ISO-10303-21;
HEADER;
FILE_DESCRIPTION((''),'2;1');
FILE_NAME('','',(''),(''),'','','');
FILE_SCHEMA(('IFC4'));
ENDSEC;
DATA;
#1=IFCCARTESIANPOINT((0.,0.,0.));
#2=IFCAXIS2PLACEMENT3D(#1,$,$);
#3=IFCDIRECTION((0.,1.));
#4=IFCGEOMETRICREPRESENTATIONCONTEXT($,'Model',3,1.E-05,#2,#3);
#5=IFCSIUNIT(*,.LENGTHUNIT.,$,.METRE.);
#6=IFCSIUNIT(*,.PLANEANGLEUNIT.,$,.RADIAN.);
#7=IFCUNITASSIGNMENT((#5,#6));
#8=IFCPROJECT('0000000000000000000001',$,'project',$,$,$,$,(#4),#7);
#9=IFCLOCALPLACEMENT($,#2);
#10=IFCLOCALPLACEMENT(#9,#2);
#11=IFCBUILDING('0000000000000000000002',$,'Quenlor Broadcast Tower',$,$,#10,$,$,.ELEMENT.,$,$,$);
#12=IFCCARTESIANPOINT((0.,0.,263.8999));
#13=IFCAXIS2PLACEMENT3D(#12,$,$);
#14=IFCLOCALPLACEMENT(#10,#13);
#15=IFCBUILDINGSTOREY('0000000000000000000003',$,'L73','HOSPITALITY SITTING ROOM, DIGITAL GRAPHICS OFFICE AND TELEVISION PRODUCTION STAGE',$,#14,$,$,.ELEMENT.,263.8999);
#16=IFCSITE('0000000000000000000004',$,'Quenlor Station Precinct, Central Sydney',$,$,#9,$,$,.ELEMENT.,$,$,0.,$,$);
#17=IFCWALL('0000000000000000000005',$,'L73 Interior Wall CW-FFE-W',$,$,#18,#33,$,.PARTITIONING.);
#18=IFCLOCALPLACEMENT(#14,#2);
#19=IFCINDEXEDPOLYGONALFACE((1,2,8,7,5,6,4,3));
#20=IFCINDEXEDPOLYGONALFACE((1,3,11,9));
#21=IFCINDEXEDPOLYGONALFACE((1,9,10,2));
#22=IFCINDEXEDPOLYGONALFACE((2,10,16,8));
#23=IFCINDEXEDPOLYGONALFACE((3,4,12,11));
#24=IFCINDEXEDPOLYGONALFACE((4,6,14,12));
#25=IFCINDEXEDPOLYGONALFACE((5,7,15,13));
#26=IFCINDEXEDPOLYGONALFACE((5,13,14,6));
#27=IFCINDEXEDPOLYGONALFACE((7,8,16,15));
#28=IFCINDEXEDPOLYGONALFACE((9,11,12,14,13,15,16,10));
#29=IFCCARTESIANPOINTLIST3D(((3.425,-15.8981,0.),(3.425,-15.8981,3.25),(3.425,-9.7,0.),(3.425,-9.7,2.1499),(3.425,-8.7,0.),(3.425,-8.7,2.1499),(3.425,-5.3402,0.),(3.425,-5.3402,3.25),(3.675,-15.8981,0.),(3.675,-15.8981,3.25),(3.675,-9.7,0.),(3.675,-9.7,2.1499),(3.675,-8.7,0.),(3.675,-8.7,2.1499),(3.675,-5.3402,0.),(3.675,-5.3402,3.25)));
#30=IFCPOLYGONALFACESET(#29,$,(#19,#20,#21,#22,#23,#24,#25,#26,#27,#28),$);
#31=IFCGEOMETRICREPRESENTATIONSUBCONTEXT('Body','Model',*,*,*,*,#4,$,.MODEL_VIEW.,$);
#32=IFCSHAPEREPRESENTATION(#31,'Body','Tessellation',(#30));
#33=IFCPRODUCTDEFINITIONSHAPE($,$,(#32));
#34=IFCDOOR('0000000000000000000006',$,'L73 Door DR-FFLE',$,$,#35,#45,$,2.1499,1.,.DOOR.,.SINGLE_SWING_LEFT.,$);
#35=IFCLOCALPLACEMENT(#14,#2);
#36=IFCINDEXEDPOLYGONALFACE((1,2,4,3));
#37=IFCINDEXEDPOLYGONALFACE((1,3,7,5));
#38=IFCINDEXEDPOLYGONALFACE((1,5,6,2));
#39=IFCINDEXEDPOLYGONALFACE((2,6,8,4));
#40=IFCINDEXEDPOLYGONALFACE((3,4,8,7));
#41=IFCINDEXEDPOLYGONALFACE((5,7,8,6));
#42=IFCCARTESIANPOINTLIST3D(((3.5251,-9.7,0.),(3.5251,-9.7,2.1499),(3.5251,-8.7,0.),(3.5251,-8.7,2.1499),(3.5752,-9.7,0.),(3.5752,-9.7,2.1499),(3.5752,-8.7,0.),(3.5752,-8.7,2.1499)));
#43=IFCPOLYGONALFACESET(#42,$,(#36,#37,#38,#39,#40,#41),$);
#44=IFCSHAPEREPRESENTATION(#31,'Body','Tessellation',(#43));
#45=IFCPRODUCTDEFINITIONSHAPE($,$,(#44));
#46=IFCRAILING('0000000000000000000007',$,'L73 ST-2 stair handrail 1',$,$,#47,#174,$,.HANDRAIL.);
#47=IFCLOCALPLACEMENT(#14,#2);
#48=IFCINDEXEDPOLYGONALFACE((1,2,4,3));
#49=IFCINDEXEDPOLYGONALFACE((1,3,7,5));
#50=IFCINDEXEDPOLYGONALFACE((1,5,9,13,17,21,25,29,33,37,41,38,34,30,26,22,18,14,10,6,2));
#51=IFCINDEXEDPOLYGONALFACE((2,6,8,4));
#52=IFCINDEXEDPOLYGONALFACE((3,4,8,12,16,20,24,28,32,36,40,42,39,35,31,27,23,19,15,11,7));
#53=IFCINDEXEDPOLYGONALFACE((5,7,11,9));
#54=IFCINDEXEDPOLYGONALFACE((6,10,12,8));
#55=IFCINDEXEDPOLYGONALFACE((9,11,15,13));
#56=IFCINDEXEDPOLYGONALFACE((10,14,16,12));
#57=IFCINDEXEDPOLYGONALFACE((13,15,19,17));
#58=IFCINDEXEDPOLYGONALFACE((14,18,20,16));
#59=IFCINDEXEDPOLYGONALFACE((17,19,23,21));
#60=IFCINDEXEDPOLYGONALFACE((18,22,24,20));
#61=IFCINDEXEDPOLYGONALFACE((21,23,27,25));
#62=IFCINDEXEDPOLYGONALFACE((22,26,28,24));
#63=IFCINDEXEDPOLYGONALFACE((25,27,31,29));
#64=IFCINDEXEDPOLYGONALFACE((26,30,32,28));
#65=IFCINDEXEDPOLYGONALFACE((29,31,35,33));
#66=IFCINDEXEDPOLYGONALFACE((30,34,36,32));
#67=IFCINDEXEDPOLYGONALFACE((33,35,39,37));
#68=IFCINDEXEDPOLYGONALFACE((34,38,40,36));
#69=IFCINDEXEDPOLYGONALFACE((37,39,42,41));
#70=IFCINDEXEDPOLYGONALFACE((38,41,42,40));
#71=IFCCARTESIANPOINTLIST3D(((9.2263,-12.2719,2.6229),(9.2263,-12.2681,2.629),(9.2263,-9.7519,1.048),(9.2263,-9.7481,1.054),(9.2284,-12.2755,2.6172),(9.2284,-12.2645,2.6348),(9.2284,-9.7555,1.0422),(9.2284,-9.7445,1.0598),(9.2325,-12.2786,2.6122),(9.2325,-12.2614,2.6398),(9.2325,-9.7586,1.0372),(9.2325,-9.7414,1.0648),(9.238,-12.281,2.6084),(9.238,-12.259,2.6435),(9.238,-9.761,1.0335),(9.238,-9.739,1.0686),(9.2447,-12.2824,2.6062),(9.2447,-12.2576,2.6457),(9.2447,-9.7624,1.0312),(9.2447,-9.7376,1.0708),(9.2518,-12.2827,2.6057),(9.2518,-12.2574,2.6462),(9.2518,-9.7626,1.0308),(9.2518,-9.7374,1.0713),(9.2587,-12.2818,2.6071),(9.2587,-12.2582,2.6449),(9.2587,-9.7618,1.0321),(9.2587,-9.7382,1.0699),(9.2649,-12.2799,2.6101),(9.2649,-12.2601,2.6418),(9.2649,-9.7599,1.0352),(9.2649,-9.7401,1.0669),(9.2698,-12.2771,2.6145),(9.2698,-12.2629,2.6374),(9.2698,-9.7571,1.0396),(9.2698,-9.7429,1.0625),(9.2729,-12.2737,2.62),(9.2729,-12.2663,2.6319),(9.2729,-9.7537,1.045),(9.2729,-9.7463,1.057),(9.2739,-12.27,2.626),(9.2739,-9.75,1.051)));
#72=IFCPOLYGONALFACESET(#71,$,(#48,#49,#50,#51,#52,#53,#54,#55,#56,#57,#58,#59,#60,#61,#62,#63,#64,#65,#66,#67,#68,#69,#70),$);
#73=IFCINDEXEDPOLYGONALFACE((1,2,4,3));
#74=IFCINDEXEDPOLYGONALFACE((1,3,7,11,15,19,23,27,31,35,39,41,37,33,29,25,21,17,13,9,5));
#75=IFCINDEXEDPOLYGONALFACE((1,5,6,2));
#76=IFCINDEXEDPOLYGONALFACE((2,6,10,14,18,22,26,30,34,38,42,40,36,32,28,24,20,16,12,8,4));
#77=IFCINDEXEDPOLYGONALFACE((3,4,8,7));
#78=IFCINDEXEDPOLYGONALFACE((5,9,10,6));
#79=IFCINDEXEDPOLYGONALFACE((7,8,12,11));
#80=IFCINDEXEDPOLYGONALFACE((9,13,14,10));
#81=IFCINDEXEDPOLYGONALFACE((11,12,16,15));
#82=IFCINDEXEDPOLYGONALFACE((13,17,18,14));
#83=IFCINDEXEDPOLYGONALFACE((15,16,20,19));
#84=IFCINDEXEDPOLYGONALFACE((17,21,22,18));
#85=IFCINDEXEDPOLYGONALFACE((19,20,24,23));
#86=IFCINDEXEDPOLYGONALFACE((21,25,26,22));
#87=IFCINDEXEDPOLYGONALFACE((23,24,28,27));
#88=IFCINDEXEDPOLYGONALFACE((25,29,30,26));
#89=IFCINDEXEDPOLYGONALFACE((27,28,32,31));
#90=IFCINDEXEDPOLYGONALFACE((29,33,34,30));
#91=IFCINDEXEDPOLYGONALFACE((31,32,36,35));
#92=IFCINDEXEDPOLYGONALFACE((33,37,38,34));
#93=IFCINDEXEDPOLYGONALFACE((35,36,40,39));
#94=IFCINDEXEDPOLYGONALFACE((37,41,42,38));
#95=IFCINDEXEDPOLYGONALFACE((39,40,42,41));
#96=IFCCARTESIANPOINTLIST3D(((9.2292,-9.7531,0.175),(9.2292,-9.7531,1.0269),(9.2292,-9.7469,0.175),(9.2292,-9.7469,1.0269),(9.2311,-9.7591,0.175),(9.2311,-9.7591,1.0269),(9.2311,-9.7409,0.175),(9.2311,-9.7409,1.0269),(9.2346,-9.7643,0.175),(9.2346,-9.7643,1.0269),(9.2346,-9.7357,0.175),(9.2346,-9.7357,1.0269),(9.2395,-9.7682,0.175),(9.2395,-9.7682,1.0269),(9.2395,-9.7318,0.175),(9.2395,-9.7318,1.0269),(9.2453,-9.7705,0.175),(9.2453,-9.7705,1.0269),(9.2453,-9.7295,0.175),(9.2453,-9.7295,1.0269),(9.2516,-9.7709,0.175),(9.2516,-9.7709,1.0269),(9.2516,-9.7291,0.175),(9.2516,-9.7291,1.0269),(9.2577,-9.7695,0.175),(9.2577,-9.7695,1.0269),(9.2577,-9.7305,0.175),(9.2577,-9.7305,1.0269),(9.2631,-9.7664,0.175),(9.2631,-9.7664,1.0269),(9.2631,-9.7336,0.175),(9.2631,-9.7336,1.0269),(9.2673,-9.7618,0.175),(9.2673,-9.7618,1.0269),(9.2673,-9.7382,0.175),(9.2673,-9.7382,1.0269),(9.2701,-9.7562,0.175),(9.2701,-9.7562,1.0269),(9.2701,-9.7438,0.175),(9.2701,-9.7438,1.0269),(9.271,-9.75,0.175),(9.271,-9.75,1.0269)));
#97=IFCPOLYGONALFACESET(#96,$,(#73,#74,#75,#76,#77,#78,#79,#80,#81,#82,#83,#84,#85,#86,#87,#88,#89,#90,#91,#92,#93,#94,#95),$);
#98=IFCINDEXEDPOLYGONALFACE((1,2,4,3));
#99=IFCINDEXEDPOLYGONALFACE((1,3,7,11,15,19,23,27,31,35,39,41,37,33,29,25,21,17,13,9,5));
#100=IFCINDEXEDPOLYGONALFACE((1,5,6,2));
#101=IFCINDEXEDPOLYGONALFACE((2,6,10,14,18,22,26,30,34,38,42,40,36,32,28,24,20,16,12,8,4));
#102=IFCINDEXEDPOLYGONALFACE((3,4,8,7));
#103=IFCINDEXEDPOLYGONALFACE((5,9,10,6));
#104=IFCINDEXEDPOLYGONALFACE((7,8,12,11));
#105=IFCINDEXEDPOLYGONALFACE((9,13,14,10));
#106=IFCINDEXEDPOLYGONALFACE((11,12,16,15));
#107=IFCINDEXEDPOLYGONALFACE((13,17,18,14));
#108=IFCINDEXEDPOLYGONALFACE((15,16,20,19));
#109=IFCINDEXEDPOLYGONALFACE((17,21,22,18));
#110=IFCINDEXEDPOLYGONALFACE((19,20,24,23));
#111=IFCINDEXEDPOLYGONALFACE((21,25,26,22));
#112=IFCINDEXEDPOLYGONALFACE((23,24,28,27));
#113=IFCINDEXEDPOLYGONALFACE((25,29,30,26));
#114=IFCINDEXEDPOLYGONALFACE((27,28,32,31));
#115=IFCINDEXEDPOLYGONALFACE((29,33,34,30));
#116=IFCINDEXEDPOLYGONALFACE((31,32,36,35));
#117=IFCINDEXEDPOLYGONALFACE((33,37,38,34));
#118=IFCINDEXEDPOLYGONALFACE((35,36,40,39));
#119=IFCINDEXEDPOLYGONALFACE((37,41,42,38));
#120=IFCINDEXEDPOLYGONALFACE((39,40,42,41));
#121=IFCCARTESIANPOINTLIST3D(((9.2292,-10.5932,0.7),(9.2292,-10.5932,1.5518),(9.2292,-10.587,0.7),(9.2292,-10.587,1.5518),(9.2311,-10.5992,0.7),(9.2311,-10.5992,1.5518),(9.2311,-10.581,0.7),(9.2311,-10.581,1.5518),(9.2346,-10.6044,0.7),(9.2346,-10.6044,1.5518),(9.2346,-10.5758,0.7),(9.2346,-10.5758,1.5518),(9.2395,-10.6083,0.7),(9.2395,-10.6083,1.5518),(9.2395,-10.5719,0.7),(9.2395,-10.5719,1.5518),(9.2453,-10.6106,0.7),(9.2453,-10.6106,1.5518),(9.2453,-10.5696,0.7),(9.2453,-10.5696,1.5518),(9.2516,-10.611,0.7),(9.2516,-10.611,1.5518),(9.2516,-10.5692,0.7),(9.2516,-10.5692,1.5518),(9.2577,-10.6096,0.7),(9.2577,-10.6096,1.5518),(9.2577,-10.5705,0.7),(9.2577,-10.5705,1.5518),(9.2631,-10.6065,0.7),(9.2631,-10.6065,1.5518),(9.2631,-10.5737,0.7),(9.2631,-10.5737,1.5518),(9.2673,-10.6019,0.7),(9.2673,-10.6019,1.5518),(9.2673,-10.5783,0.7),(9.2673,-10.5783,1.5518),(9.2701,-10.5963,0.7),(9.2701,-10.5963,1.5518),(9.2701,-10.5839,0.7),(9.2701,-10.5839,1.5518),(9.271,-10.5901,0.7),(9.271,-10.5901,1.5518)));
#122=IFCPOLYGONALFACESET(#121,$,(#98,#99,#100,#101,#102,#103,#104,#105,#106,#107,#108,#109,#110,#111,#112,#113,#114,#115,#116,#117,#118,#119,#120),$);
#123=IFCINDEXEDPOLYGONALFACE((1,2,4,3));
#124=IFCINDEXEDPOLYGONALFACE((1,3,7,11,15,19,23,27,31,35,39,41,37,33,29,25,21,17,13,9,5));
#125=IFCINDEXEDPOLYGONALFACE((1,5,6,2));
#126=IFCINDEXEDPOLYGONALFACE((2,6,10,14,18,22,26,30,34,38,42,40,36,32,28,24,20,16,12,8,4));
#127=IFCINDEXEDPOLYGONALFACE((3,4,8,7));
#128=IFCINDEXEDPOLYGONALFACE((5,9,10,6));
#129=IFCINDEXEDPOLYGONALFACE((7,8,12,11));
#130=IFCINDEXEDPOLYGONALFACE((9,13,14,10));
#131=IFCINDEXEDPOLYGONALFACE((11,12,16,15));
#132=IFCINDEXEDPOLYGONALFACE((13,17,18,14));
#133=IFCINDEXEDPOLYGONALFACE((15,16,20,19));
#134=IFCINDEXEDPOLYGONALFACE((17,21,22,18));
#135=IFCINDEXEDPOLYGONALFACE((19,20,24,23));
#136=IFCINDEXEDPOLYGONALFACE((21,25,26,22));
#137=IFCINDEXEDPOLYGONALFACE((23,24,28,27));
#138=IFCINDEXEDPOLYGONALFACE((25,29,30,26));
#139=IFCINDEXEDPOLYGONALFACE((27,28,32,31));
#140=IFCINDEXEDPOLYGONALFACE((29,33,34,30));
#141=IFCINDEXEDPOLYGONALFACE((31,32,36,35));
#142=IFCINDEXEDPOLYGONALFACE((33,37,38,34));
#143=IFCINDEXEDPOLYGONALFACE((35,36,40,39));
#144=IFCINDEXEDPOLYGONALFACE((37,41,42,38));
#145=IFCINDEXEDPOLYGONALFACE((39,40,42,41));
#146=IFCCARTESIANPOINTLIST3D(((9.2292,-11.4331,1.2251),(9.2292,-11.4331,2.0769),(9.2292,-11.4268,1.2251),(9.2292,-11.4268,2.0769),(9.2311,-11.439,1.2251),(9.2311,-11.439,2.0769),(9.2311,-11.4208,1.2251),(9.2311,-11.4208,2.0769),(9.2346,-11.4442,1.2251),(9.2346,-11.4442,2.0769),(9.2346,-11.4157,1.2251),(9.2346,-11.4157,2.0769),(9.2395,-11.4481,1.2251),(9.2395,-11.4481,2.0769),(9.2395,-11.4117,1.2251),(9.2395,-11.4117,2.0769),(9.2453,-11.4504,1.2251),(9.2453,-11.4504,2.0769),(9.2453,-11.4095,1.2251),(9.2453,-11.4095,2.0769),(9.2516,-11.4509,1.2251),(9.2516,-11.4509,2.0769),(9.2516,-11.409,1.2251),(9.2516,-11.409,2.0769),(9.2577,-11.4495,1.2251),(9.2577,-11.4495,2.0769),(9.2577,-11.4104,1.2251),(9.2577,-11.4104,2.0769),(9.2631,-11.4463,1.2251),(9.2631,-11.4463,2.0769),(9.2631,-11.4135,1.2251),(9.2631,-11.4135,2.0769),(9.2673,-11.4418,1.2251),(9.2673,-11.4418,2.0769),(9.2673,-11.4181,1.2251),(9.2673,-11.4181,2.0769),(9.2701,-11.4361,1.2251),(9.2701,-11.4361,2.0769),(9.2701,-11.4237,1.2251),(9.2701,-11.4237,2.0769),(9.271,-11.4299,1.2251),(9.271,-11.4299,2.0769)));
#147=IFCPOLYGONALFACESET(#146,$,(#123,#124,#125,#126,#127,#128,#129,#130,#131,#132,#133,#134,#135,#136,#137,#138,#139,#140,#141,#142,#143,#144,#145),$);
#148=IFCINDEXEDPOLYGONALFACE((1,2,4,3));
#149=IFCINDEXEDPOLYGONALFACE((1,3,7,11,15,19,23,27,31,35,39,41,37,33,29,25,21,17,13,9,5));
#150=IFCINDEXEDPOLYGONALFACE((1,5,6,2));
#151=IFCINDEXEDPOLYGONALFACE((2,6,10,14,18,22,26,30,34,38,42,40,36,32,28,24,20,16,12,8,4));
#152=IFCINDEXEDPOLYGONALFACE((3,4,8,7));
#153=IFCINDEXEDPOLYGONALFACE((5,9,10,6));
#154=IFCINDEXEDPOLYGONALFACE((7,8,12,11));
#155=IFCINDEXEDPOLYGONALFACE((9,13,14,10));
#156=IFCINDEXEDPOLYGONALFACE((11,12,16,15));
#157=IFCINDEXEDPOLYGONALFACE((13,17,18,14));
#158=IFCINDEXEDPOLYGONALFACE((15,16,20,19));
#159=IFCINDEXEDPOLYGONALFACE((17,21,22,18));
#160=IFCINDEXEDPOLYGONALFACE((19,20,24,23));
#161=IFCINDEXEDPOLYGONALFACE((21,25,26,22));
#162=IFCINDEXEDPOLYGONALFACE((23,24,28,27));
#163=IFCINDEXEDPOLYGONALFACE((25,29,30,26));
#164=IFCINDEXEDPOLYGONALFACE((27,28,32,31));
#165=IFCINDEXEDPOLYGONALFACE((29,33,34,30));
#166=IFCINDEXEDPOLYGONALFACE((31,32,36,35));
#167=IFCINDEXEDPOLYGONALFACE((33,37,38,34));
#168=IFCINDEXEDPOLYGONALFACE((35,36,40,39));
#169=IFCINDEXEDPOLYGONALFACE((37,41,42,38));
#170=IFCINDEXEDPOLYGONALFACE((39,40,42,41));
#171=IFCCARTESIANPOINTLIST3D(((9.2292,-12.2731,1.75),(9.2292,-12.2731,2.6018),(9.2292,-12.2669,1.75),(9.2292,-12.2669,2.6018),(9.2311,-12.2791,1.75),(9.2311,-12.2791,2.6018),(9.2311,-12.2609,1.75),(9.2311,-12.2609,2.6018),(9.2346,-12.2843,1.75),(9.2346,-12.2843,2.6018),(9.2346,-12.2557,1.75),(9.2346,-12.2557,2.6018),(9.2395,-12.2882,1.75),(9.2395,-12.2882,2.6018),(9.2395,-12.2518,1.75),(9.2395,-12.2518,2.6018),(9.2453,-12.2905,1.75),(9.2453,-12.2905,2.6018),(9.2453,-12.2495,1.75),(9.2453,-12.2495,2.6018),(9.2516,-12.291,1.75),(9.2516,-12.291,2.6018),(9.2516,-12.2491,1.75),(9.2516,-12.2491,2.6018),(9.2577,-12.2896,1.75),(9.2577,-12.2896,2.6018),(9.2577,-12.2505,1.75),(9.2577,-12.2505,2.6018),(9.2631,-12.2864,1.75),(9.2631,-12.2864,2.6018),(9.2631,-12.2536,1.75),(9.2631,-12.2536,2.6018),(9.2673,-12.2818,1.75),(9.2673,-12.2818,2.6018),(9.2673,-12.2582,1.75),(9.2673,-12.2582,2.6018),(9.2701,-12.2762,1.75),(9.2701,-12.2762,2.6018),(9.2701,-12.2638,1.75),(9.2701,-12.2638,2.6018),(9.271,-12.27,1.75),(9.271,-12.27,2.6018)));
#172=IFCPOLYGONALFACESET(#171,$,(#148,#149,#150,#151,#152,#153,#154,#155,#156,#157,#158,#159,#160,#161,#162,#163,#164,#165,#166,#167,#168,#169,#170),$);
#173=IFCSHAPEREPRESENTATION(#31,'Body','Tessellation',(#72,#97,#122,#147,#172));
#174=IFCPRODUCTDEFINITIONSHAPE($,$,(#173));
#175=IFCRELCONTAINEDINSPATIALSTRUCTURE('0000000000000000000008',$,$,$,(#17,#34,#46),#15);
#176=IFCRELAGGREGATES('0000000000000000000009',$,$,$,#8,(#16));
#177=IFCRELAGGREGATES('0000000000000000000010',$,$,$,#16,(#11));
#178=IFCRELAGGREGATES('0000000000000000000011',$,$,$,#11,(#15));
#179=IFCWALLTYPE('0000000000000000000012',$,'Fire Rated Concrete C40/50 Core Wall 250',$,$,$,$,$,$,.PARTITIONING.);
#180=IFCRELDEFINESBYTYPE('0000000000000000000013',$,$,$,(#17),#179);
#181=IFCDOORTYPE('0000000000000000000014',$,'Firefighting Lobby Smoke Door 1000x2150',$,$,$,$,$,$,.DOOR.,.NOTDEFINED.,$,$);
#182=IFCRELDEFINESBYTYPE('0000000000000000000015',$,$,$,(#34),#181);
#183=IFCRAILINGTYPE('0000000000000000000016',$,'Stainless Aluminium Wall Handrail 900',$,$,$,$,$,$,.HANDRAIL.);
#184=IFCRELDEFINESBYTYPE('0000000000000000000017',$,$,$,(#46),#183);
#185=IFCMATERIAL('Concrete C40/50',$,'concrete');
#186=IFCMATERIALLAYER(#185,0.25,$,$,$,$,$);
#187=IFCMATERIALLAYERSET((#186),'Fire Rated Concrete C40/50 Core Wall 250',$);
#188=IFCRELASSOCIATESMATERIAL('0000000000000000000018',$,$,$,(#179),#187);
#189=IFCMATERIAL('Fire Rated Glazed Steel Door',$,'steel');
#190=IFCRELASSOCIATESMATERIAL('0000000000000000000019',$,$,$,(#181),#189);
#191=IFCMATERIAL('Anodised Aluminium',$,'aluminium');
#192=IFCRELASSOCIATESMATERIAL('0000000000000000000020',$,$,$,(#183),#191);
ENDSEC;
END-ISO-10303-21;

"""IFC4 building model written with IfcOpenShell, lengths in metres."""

from ifc_helpers import new_model, si_unit, direction, frame, frame_2d, origin, origin_2d, place, context, subcontext, project, spatial, rectangle, circle, extrude, material, layer, layer_set, type_object, element, fill, save


model = new_model("IFC4")

# Units and contexts
model_context = context("Model", 3, precision=1e-05, world=origin(), true_north=direction((0.0, 1.0)))
body_context = subcontext(model_context, "Body", "Model", "MODEL_VIEW")
ifc_project = project(units=[si_unit("LENGTHUNIT", "METRE"), si_unit("PLANEANGLEUNIT", "RADIAN")], contexts=[model_context])

# Site, building, storey
site_placement = place(None, origin())
site = spatial("IfcSite", under=ifc_project, at=site_placement, Name="Quenlor Station Precinct, Central Sydney", CompositionType="ELEMENT", RefElevation=0.0)
building_placement = place(site_placement, origin())
building = spatial("IfcBuilding", under=site, at=building_placement, Name="Quenlor Broadcast Tower", CompositionType="ELEMENT")
storey_placement = place(building_placement, frame((0.0, 0.0, 263.8999)))
storey = spatial("IfcBuildingStorey", under=building, at=storey_placement, Name="L73", Description="HOSPITALITY SITTING ROOM, DIGITAL GRAPHICS OFFICE AND TELEVISION PRODUCTION STAGE", CompositionType="ELEMENT", Elevation=263.8999)

# Shared definitions
ifc_material_1 = material(Name="Concrete C40/50", Category="concrete")
ifc_layer_1 = layer(ifc_material_1, 0.25)
ifc_layer_set_1 = layer_set([ifc_layer_1], Name="Fire Rated Concrete C40/50 Core Wall 250")
wall_type_1 = type_object("IfcWallType", Name="Fire Rated Concrete C40/50 Core Wall 250", PredefinedType="PARTITIONING", material=ifc_layer_set_1)

# Wall, opening, door
wall_1_placement = place(storey_placement, frame((3.55, -15.8979, 0.0), z_axis=(0.0, 0.0, 1.0), x_axis=(0.0, 1.0, 0.0)))
wall_1 = element("IfcWall", 1, at=wall_1_placement, inside=storey, type_object=wall_type_1, Name="L73 Interior Wall CW-FFE-W", PredefinedType="PARTITIONING", context=body_context, shape_type="SweptSolid", body=[
    extrude(rectangle(XDim=10.5579, YDim=0.25, at=frame_2d((5.2788, 0.0))), origin(), (0.0, 0.0, 1.0), 3.25),
])
opening_1_placement = place(wall_1_placement, frame((6.198, 0.0, 0.0)))
opening_1 = element("IfcOpeningElement", 2, at=opening_1_placement, cuts=wall_1, PredefinedType="OPENING", context=body_context, shape_type="SweptSolid", body=[
    extrude(rectangle(XDim=1.0, YDim=2.1499, at=frame_2d((0.5, 1.075))), frame((0.0, 0.135, 0.0), z_axis=(0.0, -1.0, 0.0), x_axis=(1.0, 0.0, 0.0)), (0.0, 0.0, 1.0), 0.27),
])
ifc_material_2 = material(Name="Fire Rated Glazed Steel Door", Category="steel")
door_type_1 = type_object("IfcDoorType", Name="Firefighting Lobby Smoke Door 1000x2150", OperationType="NOTDEFINED", PredefinedType="DOOR", material=ifc_material_2)
door_1_placement = place(opening_1_placement, origin())
door_1 = element("IfcDoor", 3, at=door_1_placement, inside=storey, type_object=door_type_1, Name="L73 Door DR-FFLE", OperationType="SINGLE_SWING_LEFT", OverallHeight=2.1499, OverallWidth=1.0, PredefinedType="DOOR", context=body_context, shape_type="SweptSolid", body=[
    extrude(rectangle(XDim=1.0, YDim=2.1499, at=frame_2d((0.5, 1.075))), frame((0.0, 0.0249, 0.0), z_axis=(0.0, -1.0, 0.0), x_axis=(1.0, 0.0, 0.0)), (0.0, 0.0, 1.0), 0.05),
])
fill(opening_1, door_1)

# Railing
ifc_material_3 = material(Name="Anodised Aluminium", Category="aluminium")
railing_type_1 = type_object("IfcRailingType", Name="Stainless Aluminium Wall Handrail 900", PredefinedType="HANDRAIL", material=ifc_material_3)
railing_1_placement = place(storey_placement, frame((9.25, -9.75, 0.175)))
element("IfcRailing", 4, at=railing_1_placement, inside=storey, type_object=railing_type_1, Name="L73 ST-2 stair handrail 1", PredefinedType="HANDRAIL", context=body_context, shape_type="SweptSolid", body=[
    extrude(circle(Radius=0.0239, at=origin_2d()), frame((0.0, 0.0, 0.876), z_axis=(0.0, -0.848008, 0.529984), x_axis=(1.0, 0.0, 0.0)), (0.0, 0.0, 1.0), 2.9717),
    extrude(circle(Radius=0.021, at=origin_2d()), origin(), (0.0, 0.0, 1.0), 0.8518),
    extrude(circle(Radius=0.021, at=origin_2d()), frame((0.0, -0.8401, 0.5249)), (0.0, 0.0, 1.0), 0.8518),
    extrude(circle(Radius=0.021, at=origin_2d()), frame((0.0, -1.6799, 1.05)), (0.0, 0.0, 1.0), 0.8518),
    extrude(circle(Radius=0.021, at=origin_2d()), frame((0.0, -2.52, 1.575)), (0.0, 0.0, 1.0), 0.8518),
])

save(model, "model.ifc")
